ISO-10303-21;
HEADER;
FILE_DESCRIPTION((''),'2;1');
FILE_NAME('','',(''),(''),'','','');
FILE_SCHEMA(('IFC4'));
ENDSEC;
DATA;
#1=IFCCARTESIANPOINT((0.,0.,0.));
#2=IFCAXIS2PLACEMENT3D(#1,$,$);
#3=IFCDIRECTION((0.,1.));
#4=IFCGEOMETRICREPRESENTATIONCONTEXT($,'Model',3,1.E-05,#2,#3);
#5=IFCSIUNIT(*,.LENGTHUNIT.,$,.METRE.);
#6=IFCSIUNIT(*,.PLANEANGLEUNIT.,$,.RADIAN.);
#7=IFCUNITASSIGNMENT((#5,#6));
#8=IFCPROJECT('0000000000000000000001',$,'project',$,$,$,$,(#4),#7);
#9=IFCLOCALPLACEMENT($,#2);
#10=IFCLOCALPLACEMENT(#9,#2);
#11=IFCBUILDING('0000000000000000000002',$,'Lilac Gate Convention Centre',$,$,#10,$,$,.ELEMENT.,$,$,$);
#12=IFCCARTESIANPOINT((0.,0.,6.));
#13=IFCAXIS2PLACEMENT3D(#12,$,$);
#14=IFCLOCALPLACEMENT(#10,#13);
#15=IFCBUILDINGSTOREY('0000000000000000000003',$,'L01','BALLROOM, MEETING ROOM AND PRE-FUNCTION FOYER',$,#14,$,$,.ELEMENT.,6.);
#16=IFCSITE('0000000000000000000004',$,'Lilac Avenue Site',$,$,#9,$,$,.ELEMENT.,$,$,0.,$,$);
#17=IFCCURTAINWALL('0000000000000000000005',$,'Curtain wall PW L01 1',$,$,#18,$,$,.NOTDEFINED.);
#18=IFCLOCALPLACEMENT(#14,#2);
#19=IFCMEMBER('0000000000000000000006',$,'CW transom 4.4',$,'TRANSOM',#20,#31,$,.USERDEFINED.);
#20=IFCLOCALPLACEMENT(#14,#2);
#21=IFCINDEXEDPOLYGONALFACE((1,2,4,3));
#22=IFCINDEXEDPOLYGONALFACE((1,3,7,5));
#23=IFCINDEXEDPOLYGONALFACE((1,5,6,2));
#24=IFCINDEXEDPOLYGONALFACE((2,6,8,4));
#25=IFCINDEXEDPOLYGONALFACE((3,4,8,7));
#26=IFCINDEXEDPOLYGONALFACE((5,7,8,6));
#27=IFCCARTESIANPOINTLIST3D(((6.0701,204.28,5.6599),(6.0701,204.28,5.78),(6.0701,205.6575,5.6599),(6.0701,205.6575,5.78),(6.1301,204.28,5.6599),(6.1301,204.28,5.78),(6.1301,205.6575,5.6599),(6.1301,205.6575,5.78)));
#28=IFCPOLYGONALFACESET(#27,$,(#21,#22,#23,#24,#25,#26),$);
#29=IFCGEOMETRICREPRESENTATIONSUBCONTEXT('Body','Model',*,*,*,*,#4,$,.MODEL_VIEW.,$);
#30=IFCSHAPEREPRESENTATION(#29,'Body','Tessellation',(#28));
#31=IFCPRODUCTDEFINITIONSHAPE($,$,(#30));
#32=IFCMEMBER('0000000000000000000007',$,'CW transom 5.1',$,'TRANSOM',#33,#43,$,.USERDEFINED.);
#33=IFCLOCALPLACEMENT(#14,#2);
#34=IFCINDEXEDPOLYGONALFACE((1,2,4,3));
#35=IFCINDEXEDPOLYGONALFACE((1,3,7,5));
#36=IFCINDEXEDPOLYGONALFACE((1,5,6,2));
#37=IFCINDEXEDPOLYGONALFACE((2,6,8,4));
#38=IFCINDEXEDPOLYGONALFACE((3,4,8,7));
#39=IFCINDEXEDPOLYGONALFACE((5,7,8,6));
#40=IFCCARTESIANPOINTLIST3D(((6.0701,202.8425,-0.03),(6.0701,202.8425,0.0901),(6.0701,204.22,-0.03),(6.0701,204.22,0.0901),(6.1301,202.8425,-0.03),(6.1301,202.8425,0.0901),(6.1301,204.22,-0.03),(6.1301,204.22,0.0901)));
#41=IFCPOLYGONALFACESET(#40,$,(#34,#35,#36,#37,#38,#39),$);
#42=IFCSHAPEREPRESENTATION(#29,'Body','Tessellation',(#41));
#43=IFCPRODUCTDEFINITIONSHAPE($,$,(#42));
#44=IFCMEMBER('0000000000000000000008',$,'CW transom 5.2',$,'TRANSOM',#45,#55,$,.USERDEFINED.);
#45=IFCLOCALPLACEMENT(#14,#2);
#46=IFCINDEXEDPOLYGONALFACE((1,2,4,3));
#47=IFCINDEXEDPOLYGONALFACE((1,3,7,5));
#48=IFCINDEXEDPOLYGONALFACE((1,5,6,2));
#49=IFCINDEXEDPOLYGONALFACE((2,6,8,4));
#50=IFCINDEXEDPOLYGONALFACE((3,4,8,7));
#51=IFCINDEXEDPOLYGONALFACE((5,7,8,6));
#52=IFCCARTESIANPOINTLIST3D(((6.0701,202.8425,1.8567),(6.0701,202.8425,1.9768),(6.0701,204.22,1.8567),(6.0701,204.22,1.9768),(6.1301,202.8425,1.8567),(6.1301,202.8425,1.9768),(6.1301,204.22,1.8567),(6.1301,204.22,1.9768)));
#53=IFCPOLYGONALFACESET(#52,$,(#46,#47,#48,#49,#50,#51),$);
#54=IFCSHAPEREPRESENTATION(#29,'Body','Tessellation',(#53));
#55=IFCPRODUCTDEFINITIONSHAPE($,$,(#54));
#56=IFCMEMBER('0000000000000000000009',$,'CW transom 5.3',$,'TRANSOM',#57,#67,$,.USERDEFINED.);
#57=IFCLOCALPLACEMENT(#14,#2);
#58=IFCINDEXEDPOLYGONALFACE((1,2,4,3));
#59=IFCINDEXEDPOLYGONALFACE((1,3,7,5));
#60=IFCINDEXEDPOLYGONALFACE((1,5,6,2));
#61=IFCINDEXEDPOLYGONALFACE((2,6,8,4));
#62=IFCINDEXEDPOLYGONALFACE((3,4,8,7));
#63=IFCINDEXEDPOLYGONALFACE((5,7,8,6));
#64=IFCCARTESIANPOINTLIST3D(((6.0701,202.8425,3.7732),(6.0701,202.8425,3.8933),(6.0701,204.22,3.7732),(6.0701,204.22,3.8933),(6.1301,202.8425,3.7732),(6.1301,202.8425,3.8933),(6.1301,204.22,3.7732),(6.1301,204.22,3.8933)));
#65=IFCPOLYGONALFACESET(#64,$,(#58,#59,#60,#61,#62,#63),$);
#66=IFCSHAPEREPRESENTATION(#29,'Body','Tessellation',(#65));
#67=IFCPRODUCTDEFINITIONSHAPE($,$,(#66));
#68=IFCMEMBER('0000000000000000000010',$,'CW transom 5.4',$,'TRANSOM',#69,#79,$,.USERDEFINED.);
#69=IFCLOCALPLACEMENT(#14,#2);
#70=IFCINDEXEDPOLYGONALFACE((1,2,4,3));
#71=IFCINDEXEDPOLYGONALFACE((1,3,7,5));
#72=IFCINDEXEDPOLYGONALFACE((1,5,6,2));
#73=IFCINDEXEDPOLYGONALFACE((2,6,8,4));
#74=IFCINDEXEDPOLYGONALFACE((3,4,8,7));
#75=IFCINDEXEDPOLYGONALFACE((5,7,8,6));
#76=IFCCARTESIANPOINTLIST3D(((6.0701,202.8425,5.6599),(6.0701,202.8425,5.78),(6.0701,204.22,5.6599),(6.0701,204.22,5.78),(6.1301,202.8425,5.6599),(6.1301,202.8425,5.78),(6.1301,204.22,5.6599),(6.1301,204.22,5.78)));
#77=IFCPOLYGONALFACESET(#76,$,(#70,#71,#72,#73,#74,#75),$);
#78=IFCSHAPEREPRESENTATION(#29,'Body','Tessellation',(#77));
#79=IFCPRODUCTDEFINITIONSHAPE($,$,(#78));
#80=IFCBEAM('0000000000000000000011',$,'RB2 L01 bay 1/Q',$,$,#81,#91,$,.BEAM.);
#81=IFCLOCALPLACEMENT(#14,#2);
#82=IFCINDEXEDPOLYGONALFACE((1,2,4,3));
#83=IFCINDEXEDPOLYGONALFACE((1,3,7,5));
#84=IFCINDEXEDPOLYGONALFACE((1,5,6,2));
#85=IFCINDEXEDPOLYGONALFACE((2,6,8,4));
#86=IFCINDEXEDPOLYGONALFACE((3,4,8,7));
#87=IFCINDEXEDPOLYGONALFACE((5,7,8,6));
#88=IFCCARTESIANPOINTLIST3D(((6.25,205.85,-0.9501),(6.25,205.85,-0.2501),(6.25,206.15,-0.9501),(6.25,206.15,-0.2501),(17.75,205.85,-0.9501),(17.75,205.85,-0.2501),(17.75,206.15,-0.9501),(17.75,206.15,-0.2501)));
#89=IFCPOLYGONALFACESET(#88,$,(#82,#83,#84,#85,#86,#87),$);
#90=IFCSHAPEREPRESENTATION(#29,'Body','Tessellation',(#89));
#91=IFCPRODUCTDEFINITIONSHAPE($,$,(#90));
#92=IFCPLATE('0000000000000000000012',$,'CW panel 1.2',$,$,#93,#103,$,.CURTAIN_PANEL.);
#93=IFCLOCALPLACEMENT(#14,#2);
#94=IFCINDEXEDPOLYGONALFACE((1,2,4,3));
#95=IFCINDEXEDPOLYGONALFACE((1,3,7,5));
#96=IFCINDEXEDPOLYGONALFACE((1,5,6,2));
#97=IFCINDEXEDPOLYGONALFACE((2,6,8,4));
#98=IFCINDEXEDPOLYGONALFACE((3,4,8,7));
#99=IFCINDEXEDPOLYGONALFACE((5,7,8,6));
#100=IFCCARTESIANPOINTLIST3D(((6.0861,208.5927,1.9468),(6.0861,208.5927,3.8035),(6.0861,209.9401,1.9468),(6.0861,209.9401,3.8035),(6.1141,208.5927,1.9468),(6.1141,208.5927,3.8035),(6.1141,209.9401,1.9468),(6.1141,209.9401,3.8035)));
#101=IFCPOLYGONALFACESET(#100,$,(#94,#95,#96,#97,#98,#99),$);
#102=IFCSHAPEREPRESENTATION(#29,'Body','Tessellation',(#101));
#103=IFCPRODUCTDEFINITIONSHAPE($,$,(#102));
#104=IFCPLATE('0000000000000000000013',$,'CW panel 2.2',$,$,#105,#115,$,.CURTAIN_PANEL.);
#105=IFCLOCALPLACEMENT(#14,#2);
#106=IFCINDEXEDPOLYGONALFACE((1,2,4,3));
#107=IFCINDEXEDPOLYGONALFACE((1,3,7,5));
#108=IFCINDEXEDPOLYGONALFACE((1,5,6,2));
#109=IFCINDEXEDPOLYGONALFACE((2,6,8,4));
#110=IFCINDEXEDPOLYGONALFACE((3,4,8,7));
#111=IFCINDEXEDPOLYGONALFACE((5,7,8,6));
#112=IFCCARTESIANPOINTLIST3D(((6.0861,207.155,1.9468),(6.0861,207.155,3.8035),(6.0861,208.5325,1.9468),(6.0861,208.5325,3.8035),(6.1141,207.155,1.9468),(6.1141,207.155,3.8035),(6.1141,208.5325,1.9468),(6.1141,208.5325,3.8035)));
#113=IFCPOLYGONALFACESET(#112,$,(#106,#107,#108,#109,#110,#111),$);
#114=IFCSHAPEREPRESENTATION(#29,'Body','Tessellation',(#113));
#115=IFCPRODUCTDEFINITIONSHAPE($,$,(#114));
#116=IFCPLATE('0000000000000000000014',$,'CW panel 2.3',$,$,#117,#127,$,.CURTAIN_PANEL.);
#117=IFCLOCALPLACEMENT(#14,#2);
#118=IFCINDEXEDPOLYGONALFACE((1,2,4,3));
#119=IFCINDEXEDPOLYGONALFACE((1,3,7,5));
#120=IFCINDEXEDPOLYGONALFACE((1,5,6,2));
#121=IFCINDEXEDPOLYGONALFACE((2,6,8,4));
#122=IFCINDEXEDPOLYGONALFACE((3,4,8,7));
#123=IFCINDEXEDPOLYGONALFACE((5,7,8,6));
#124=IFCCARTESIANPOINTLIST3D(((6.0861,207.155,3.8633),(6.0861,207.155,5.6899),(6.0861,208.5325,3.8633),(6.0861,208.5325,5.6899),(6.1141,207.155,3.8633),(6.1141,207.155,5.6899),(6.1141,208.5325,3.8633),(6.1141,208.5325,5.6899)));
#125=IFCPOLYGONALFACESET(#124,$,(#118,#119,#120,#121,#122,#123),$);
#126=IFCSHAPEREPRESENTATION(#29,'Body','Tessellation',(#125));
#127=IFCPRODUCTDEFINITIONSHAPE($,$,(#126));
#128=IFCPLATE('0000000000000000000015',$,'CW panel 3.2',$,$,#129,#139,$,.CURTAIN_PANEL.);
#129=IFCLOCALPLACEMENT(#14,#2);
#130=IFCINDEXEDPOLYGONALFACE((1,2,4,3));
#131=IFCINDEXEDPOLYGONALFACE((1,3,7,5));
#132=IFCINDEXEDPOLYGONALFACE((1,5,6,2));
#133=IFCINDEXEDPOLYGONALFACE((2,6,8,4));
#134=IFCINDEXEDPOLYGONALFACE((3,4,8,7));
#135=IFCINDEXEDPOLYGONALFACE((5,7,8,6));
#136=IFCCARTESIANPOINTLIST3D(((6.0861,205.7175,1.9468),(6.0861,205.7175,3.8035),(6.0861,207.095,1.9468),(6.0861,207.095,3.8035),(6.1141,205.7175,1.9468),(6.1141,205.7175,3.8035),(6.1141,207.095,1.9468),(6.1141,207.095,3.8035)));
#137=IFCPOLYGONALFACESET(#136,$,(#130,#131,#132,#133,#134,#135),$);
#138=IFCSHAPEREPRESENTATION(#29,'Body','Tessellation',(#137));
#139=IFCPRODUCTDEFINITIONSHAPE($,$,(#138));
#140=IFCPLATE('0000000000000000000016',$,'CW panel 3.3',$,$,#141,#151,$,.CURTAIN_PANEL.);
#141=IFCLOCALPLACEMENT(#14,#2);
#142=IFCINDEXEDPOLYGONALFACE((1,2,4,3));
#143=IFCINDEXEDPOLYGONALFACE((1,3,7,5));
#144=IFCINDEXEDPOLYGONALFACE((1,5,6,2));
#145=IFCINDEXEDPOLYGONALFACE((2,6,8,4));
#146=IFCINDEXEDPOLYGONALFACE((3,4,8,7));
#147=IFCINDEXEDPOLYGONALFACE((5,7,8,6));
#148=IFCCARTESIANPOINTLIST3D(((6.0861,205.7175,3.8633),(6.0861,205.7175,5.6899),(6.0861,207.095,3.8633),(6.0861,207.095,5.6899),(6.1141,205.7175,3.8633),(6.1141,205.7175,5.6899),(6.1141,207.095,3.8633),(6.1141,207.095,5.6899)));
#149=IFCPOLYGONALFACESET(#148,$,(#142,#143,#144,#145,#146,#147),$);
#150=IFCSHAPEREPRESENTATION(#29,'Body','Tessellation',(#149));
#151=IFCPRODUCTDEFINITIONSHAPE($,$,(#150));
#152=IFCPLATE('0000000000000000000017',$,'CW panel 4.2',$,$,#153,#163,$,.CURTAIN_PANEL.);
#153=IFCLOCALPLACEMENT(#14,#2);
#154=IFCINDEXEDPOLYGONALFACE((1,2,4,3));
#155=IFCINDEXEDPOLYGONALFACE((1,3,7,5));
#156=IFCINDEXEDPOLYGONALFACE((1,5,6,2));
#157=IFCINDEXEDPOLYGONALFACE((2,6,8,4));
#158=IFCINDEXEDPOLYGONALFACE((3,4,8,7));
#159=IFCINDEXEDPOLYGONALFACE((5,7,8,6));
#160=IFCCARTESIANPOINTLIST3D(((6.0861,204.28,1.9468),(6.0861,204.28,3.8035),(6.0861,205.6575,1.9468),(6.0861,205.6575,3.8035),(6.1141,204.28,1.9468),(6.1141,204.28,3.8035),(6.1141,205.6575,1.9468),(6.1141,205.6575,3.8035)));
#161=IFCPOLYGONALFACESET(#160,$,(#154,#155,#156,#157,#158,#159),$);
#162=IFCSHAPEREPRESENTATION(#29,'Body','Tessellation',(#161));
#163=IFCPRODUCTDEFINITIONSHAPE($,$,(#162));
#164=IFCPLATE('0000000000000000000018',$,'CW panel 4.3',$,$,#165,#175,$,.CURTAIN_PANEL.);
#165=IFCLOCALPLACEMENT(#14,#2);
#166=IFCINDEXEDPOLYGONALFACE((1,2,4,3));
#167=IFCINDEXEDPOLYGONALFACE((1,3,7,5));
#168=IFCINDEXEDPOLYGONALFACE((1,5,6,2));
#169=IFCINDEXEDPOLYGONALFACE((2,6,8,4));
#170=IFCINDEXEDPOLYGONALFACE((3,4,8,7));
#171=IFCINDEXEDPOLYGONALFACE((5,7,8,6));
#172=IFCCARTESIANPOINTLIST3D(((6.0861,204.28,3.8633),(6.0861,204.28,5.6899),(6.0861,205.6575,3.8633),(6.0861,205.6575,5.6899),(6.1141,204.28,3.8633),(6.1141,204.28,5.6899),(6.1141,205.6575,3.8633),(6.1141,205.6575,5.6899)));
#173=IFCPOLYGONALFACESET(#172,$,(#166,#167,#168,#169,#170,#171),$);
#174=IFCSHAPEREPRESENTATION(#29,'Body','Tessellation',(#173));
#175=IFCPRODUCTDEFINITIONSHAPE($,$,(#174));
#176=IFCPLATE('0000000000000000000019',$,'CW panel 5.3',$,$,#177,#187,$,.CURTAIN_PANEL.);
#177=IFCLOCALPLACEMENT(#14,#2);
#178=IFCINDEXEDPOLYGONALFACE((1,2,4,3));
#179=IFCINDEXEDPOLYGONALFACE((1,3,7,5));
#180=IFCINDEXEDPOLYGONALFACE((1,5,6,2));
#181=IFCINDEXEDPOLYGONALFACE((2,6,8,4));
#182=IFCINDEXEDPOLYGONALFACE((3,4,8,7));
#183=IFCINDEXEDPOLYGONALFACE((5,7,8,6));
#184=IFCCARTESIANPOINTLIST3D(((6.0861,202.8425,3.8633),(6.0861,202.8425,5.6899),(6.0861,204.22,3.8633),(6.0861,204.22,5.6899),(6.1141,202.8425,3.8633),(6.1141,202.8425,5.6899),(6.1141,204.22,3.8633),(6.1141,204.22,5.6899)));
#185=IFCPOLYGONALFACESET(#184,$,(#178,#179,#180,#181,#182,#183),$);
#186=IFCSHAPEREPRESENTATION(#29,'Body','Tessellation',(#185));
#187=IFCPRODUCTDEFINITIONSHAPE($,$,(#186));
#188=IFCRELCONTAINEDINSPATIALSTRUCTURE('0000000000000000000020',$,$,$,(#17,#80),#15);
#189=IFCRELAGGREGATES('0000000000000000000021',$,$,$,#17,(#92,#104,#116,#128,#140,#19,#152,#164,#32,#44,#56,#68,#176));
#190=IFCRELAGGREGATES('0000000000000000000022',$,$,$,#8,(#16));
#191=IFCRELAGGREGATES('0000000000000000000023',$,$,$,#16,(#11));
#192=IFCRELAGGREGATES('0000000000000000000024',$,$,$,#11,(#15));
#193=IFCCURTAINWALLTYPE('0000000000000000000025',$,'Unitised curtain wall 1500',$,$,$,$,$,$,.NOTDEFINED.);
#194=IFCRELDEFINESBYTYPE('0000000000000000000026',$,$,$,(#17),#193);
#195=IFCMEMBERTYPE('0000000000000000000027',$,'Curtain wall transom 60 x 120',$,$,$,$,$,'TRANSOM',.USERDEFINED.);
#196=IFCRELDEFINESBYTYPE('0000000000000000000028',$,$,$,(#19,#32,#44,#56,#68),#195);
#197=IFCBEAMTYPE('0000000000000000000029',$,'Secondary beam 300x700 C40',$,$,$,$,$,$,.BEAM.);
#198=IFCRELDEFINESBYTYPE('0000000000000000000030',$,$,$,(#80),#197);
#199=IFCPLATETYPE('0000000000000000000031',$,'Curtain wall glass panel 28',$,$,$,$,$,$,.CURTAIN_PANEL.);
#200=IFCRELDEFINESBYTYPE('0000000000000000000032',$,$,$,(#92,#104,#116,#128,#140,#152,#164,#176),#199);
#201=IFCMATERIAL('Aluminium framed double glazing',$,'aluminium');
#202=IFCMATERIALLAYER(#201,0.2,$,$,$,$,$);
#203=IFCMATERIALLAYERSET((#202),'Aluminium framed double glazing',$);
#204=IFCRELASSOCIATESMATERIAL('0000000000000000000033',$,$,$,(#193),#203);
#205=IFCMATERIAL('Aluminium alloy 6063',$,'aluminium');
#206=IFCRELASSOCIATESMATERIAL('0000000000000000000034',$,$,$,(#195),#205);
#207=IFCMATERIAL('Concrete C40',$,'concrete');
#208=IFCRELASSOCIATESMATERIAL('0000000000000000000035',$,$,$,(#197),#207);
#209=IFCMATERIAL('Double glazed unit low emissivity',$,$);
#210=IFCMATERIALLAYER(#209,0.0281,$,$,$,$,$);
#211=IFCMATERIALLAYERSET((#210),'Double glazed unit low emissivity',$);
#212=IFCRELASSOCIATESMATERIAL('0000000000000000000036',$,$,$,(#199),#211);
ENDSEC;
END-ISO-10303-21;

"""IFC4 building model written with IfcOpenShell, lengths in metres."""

from ifc_helpers import new_model, si_unit, direction, frame, origin, origin_2d, place, context, subcontext, project, spatial, rectangle, extrude, material, layer, layer_set, material_profile, profile_set, type_object, element, aggregate, save


model = new_model("IFC4")

# Units and contexts
model_context = context("Model", 3, precision=1e-05, world=origin(), true_north=direction((0.0, 1.0)))
body_context = subcontext(model_context, "Body", "Model", "MODEL_VIEW")
ifc_project = project(units=[si_unit("LENGTHUNIT", "METRE"), si_unit("PLANEANGLEUNIT", "RADIAN")], contexts=[model_context])

# Site, building, storey
site_placement = place(None, origin())
site = spatial("IfcSite", under=ifc_project, at=site_placement, Name="Lilac Avenue Site", CompositionType="ELEMENT", RefElevation=0.0)
building_placement = place(site_placement, origin())
building = spatial("IfcBuilding", under=site, at=building_placement, Name="Lilac Gate Convention Centre", CompositionType="ELEMENT")
storey_placement = place(building_placement, frame((0.0, 0.0, 6.0)))
storey = spatial("IfcBuildingStorey", under=building, at=storey_placement, Name="L01", Description="BALLROOM, MEETING ROOM AND PRE-FUNCTION FOYER", CompositionType="ELEMENT", Elevation=6.0)

# Curtain wall, members
ifc_material_1 = material(Name="Aluminium framed double glazing", Category="aluminium")
ifc_layer_1 = layer(ifc_material_1, 0.2)
ifc_layer_set_1 = layer_set([ifc_layer_1], Name="Aluminium framed double glazing")
curtain_wall_type = type_object("IfcCurtainWallType", Name="Unitised curtain wall 1500", PredefinedType="NOTDEFINED", material=ifc_layer_set_1)
curtain_wall_placement = place(storey_placement, origin())
curtain_wall = element("IfcCurtainWall", 1, at=curtain_wall_placement, inside=storey, type_object=curtain_wall_type, Name="Curtain wall PW L01 1", PredefinedType="NOTDEFINED")
ifc_material_2 = material(Name="Aluminium alloy 6063", Category="aluminium")
ifc_material_profile_1 = material_profile(ifc_material_2, rectangle(XDim=0.0601, YDim=0.1201, at=origin_2d()), Name="Curtain wall transom 60 x 120")
ifc_profile_set_1 = profile_set([ifc_material_profile_1], Name="Aluminium alloy 6063")
member_type_1 = type_object("IfcMemberType", Name="Curtain wall transom 60 x 120", ElementType="TRANSOM", PredefinedType="USERDEFINED", material=ifc_profile_set_1)
member_1_placement = place(storey_placement, frame((6.1001, 205.6575, 5.72), z_axis=(0.0, -1.0, 0.0), x_axis=(1.0, 0.0, 0.0)))
member_1 = element("IfcMember", 2, at=member_1_placement, type_object=member_type_1, Name="CW transom 4.4", ObjectType="TRANSOM", PredefinedType="USERDEFINED", context=body_context, shape_type="SweptSolid", body=[
    extrude(rectangle(XDim=0.0601, YDim=0.1201, at=origin_2d()), origin(), (0.0, 0.0, 1.0), 1.3774),
])
member_2_placement = place(storey_placement, frame((6.1001, 204.22, 0.03), z_axis=(0.0, -1.0, 0.0), x_axis=(1.0, 0.0, 0.0)))
member_2 = element("IfcMember", 3, at=member_2_placement, type_object=member_type_1, Name="CW transom 5.1", ObjectType="TRANSOM", PredefinedType="USERDEFINED", context=body_context, shape_type="SweptSolid", body=[
    extrude(rectangle(XDim=0.0601, YDim=0.1201, at=origin_2d()), origin(), (0.0, 0.0, 1.0), 1.3774),
])
member_3_placement = place(storey_placement, frame((6.1001, 204.22, 1.9167), z_axis=(0.0, -1.0, 0.0), x_axis=(1.0, 0.0, 0.0)))
member_3 = element("IfcMember", 4, at=member_3_placement, type_object=member_type_1, Name="CW transom 5.2", ObjectType="TRANSOM", PredefinedType="USERDEFINED", context=body_context, shape_type="SweptSolid", body=[
    extrude(rectangle(XDim=0.0601, YDim=0.1201, at=origin_2d()), origin(), (0.0, 0.0, 1.0), 1.3774),
])
member_4_placement = place(storey_placement, frame((6.1001, 204.22, 3.8333), z_axis=(0.0, -1.0, 0.0), x_axis=(1.0, 0.0, 0.0)))
member_4 = element("IfcMember", 5, at=member_4_placement, type_object=member_type_1, Name="CW transom 5.3", ObjectType="TRANSOM", PredefinedType="USERDEFINED", context=body_context, shape_type="SweptSolid", body=[
    extrude(rectangle(XDim=0.0601, YDim=0.1201, at=origin_2d()), origin(), (0.0, 0.0, 1.0), 1.3774),
])
member_5_placement = place(storey_placement, frame((6.1001, 204.22, 5.72), z_axis=(0.0, -1.0, 0.0), x_axis=(1.0, 0.0, 0.0)))
member_5 = element("IfcMember", 6, at=member_5_placement, type_object=member_type_1, Name="CW transom 5.4", ObjectType="TRANSOM", PredefinedType="USERDEFINED", context=body_context, shape_type="SweptSolid", body=[
    extrude(rectangle(XDim=0.0601, YDim=0.1201, at=origin_2d()), origin(), (0.0, 0.0, 1.0), 1.3774),
])

# Beam
ifc_material_3 = material(Name="Concrete C40", Category="concrete")
ifc_material_profile_2 = material_profile(ifc_material_3, rectangle(XDim=0.3, YDim=0.7, at=origin_2d()), Name="RC 300x700")
ifc_profile_set_2 = profile_set([ifc_material_profile_2], Name="Concrete C40")
beam_type = type_object("IfcBeamType", Name="Secondary beam 300x700 C40", PredefinedType="BEAM", material=ifc_profile_set_2)
beam_placement = place(storey_placement, frame((6.25, 206.0, -0.6001), z_axis=(1.0, 0.0, 0.0), x_axis=(0.0, 1.0, 0.0)))
element("IfcBeam", 7, at=beam_placement, inside=storey, type_object=beam_type, Name="RB2 L01 bay 1/Q", PredefinedType="BEAM", context=body_context, shape_type="SweptSolid", body=[
    extrude(rectangle(XDim=0.3, YDim=0.7, at=origin_2d()), origin(), (0.0, 0.0, 1.0), 11.5),
])

# Plates
ifc_material_4 = material(Name="Double glazed unit low emissivity")
ifc_layer_2 = layer(ifc_material_4, 0.0281)
ifc_layer_set_2 = layer_set([ifc_layer_2], Name="Double glazed unit low emissivity")
plate_type_1 = type_object("IfcPlateType", Name="Curtain wall glass panel 28", PredefinedType="CURTAIN_PANEL", material=ifc_layer_set_2)
plate_1_placement = place(storey_placement, frame((6.1001, 209.2664, 1.9468), z_axis=(0.0, 0.0, 1.0), x_axis=(0.0, -1.0, 0.0)))
plate_1 = element("IfcPlate", 8, at=plate_1_placement, type_object=plate_type_1, Name="CW panel 1.2", PredefinedType="CURTAIN_PANEL", context=body_context, shape_type="SweptSolid", body=[
    extrude(rectangle(XDim=1.3474, YDim=0.0281, at=origin_2d()), origin(), (0.0, 0.0, 1.0), 1.8567),
])
plate_2_placement = place(storey_placement, frame((6.1001, 207.8438, 1.9468), z_axis=(0.0, 0.0, 1.0), x_axis=(0.0, -1.0, 0.0)))
plate_2 = element("IfcPlate", 9, at=plate_2_placement, type_object=plate_type_1, Name="CW panel 2.2", PredefinedType="CURTAIN_PANEL", context=body_context, shape_type="SweptSolid", body=[
    extrude(rectangle(XDim=1.3774, YDim=0.0281, at=origin_2d()), origin(), (0.0, 0.0, 1.0), 1.8567),
])
plate_3_placement = place(storey_placement, frame((6.1001, 207.8438, 3.8633), z_axis=(0.0, 0.0, 1.0), x_axis=(0.0, -1.0, 0.0)))
plate_3 = element("IfcPlate", 10, at=plate_3_placement, type_object=plate_type_1, Name="CW panel 2.3", PredefinedType="CURTAIN_PANEL", context=body_context, shape_type="SweptSolid", body=[
    extrude(rectangle(XDim=1.3774, YDim=0.0281, at=origin_2d()), origin(), (0.0, 0.0, 1.0), 1.8267),
])
plate_4_placement = place(storey_placement, frame((6.1001, 206.4062, 1.9468), z_axis=(0.0, 0.0, 1.0), x_axis=(0.0, -1.0, 0.0)))
plate_4 = element("IfcPlate", 11, at=plate_4_placement, type_object=plate_type_1, Name="CW panel 3.2", PredefinedType="CURTAIN_PANEL", context=body_context, shape_type="SweptSolid", body=[
    extrude(rectangle(XDim=1.3774, YDim=0.0281, at=origin_2d()), origin(), (0.0, 0.0, 1.0), 1.8567),
])
plate_5_placement = place(storey_placement, frame((6.1001, 206.4062, 3.8633), z_axis=(0.0, 0.0, 1.0), x_axis=(0.0, -1.0, 0.0)))
plate_5 = element("IfcPlate", 12, at=plate_5_placement, type_object=plate_type_1, Name="CW panel 3.3", PredefinedType="CURTAIN_PANEL", context=body_context, shape_type="SweptSolid", body=[
    extrude(rectangle(XDim=1.3774, YDim=0.0281, at=origin_2d()), origin(), (0.0, 0.0, 1.0), 1.8267),
])
plate_6_placement = place(storey_placement, frame((6.1001, 204.9688, 1.9468), z_axis=(0.0, 0.0, 1.0), x_axis=(0.0, -1.0, 0.0)))
plate_6 = element("IfcPlate", 13, at=plate_6_placement, type_object=plate_type_1, Name="CW panel 4.2", PredefinedType="CURTAIN_PANEL", context=body_context, shape_type="SweptSolid", body=[
    extrude(rectangle(XDim=1.3774, YDim=0.0281, at=origin_2d()), origin(), (0.0, 0.0, 1.0), 1.8567),
])
plate_7_placement = place(storey_placement, frame((6.1001, 204.9688, 3.8633), z_axis=(0.0, 0.0, 1.0), x_axis=(0.0, -1.0, 0.0)))
plate_7 = element("IfcPlate", 14, at=plate_7_placement, type_object=plate_type_1, Name="CW panel 4.3", PredefinedType="CURTAIN_PANEL", context=body_context, shape_type="SweptSolid", body=[
    extrude(rectangle(XDim=1.3774, YDim=0.0281, at=origin_2d()), origin(), (0.0, 0.0, 1.0), 1.8267),
])
plate_8_placement = place(storey_placement, frame((6.1001, 203.5312, 3.8633), z_axis=(0.0, 0.0, 1.0), x_axis=(0.0, -1.0, 0.0)))
plate_8 = element("IfcPlate", 15, at=plate_8_placement, type_object=plate_type_1, Name="CW panel 5.3", PredefinedType="CURTAIN_PANEL", context=body_context, shape_type="SweptSolid", body=[
    extrude(rectangle(XDim=1.3774, YDim=0.0281, at=origin_2d()), origin(), (0.0, 0.0, 1.0), 1.8267),
])
aggregate(curtain_wall, [plate_1, plate_2, plate_3, plate_4, plate_5, member_1, plate_6, plate_7, member_2, member_3, member_4, member_5, plate_8])

save(model, "model.ifc")
